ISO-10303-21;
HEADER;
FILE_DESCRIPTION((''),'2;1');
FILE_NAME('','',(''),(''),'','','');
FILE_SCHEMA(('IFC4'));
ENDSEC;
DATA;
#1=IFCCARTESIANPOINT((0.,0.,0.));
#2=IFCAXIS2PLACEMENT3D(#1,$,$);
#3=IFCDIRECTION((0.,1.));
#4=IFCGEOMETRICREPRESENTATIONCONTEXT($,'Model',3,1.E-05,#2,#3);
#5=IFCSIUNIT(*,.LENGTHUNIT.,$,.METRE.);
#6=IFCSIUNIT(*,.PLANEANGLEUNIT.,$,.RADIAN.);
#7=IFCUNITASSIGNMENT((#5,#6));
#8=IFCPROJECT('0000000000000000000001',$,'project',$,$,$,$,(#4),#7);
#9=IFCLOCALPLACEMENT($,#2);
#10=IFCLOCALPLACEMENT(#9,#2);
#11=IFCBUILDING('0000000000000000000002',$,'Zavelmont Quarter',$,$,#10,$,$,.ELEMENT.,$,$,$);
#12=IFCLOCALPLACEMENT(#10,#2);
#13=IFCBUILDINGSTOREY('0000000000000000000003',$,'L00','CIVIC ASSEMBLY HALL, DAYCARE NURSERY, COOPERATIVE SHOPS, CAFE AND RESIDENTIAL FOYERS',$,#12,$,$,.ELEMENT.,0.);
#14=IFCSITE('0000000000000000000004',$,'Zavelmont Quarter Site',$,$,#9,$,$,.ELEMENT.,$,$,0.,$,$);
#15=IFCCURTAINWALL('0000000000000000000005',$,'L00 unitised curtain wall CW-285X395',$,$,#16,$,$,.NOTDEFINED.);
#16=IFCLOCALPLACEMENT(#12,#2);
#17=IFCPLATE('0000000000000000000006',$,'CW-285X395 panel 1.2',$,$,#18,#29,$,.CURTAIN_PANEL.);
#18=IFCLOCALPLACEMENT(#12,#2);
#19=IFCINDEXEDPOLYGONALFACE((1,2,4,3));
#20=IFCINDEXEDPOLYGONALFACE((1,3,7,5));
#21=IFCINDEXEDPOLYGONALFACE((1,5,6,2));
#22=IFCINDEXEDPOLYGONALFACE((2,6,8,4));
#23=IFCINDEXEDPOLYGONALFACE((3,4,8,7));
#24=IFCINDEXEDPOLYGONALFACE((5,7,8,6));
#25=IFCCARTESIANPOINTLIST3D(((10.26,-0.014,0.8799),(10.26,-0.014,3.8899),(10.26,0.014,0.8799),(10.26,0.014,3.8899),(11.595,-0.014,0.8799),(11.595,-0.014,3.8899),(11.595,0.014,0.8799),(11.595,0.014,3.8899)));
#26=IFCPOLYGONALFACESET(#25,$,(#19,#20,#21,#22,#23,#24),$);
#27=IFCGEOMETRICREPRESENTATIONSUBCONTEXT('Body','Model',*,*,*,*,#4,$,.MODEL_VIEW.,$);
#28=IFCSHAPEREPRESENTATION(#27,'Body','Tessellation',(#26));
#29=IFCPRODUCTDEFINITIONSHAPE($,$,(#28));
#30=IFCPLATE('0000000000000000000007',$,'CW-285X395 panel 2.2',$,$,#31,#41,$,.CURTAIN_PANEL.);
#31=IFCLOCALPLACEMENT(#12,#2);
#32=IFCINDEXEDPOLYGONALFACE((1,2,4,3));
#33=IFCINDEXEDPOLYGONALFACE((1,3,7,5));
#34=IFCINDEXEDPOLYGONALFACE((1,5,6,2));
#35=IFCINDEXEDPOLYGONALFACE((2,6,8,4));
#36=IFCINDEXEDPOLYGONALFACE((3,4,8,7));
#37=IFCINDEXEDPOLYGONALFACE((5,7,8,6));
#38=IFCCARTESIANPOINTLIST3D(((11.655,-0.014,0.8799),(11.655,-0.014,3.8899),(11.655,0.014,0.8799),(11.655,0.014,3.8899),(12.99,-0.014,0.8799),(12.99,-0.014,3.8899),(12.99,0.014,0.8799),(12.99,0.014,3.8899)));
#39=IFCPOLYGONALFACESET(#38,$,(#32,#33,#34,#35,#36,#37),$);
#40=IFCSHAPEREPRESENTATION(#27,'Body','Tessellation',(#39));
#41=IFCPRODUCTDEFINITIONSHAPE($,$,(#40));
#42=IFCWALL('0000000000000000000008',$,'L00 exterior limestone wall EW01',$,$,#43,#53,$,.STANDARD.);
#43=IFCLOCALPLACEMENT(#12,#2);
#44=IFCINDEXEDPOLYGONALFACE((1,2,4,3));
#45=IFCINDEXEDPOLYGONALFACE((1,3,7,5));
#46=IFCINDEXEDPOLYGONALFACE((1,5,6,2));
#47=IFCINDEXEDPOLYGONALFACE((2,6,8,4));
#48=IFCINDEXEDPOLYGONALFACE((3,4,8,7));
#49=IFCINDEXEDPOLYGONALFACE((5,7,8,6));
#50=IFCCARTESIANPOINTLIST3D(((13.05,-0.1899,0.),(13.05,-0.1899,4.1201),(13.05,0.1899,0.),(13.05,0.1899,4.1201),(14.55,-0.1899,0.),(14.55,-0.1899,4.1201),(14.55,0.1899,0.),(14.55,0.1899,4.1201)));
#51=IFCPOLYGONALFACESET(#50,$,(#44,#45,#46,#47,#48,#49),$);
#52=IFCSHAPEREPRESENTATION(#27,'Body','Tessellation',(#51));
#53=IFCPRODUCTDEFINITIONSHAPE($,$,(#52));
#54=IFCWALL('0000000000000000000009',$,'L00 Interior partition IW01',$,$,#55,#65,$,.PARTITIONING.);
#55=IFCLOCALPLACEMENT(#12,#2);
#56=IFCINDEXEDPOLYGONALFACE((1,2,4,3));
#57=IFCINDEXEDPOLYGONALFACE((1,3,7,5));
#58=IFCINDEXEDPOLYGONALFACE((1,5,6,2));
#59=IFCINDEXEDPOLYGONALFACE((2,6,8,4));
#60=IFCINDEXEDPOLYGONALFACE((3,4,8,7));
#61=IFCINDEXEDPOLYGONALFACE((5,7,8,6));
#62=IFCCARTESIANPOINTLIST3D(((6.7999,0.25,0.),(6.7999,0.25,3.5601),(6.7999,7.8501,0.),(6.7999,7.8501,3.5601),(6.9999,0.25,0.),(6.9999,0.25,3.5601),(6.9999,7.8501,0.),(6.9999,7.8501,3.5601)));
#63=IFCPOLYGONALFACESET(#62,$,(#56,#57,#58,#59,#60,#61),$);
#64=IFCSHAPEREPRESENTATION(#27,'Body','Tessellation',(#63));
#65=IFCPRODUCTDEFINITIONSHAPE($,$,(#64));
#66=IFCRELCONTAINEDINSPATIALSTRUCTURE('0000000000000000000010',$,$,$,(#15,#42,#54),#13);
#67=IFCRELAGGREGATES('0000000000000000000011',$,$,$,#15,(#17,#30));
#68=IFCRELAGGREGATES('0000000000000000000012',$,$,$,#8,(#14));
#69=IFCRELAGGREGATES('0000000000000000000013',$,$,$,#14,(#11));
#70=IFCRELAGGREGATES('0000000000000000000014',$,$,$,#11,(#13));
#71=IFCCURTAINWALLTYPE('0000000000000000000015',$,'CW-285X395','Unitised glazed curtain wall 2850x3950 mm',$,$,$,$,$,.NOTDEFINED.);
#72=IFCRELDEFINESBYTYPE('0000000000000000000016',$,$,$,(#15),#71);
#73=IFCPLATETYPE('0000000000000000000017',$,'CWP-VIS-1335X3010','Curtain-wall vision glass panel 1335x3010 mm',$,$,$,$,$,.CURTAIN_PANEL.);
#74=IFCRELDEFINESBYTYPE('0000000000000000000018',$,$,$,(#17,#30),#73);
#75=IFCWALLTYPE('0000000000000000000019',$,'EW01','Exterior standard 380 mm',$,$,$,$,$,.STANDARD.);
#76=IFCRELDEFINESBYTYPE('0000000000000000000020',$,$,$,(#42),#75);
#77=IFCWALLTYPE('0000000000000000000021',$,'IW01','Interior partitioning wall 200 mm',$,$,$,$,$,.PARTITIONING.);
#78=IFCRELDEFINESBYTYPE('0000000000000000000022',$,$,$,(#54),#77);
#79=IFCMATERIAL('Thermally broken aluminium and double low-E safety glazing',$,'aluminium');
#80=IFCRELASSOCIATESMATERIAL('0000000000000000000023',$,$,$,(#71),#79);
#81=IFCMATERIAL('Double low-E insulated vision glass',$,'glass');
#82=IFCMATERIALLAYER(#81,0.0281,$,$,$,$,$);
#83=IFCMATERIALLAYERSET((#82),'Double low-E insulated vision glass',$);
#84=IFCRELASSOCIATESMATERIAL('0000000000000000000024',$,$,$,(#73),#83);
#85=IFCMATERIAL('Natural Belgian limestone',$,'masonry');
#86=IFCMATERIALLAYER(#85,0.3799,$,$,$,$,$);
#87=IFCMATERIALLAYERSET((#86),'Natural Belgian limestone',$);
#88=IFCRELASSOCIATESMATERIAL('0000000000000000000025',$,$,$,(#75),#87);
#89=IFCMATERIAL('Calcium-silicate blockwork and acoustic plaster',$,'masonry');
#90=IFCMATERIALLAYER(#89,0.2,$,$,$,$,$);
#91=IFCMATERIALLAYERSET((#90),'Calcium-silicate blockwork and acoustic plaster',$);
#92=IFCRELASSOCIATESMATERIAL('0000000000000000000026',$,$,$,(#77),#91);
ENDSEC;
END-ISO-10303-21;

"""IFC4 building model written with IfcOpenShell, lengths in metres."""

from ifc_helpers import new_model, si_unit, direction, frame, frame_2d, origin, origin_2d, place, context, subcontext, project, spatial, rectangle, extrude, material, layer, layer_set, type_object, element, aggregate, save


model = new_model("IFC4")

# Units and contexts
model_context = context("Model", 3, precision=1e-05, world=origin(), true_north=direction((0.0, 1.0)))
body_context = subcontext(model_context, "Body", "Model", "MODEL_VIEW")
ifc_project = project(units=[si_unit("LENGTHUNIT", "METRE"), si_unit("PLANEANGLEUNIT", "RADIAN")], contexts=[model_context])

# Site, building, storey
site_placement = place(None, origin())
site = spatial("IfcSite", under=ifc_project, at=site_placement, Name="Zavelmont Quarter Site", CompositionType="ELEMENT", RefElevation=0.0)
building_placement = place(site_placement, origin())
building = spatial("IfcBuilding", under=site, at=building_placement, Name="Zavelmont Quarter", CompositionType="ELEMENT")
storey_placement = place(building_placement, origin())
storey = spatial("IfcBuildingStorey", under=building, at=storey_placement, Name="L00", Description="CIVIC ASSEMBLY HALL, DAYCARE NURSERY, COOPERATIVE SHOPS, CAFE AND RESIDENTIAL FOYERS", CompositionType="ELEMENT", Elevation=0.0)

# Shared definitions
ifc_material_1 = material(Name="Thermally broken aluminium and double low-E safety glazing", Category="aluminium")
curtain_wall_type_1 = type_object("IfcCurtainWallType", Name="CW-285X395", Description="Unitised glazed curtain wall 2850x3950 mm", PredefinedType="NOTDEFINED", material=ifc_material_1)

# Curtain wall
curtain_wall_1_placement = place(storey_placement, origin())
curtain_wall_1 = element("IfcCurtainWall", 1, at=curtain_wall_1_placement, inside=storey, type_object=curtain_wall_type_1, Name="L00 unitised curtain wall CW-285X395", PredefinedType="NOTDEFINED")

# Plates
ifc_material_2 = material(Name="Double low-E insulated vision glass", Category="glass")
ifc_layer_1 = layer(ifc_material_2, 0.0281)
ifc_layer_set_1 = layer_set([ifc_layer_1], Name="Double low-E insulated vision glass")
plate_type_1 = type_object("IfcPlateType", Name="CWP-VIS-1335X3010", Description="Curtain-wall vision glass panel 1335x3010 mm", PredefinedType="CURTAIN_PANEL", material=ifc_layer_set_1)
plate_1_placement = place(storey_placement, frame((10.9275, 0.0, 0.8799), z_axis=(0.0, 0.0, 1.0), x_axis=(1.0, 0.0, 0.0)))
plate_1 = element("IfcPlate", 2, at=plate_1_placement, type_object=plate_type_1, Name="CW-285X395 panel 1.2", PredefinedType="CURTAIN_PANEL", context=body_context, shape_type="SweptSolid", body=[
    extrude(rectangle(XDim=1.335, YDim=0.0281, at=origin_2d()), origin(), (0.0, 0.0, 1.0), 3.01),
])
plate_2_placement = place(storey_placement, frame((12.3225, 0.0, 0.8799), z_axis=(0.0, 0.0, 1.0), x_axis=(1.0, 0.0, 0.0)))
plate_2 = element("IfcPlate", 3, at=plate_2_placement, type_object=plate_type_1, Name="CW-285X395 panel 2.2", PredefinedType="CURTAIN_PANEL", context=body_context, shape_type="SweptSolid", body=[
    extrude(rectangle(XDim=1.335, YDim=0.0281, at=origin_2d()), origin(), (0.0, 0.0, 1.0), 3.01),
])
aggregate(curtain_wall_1, [plate_1, plate_2])

# Shared definitions
ifc_material_3 = material(Name="Natural Belgian limestone", Category="masonry")
ifc_layer_2 = layer(ifc_material_3, 0.3799)
ifc_layer_set_2 = layer_set([ifc_layer_2], Name="Natural Belgian limestone")
wall_type_1 = type_object("IfcWallType", Name="EW01", Description="Exterior standard 380 mm", PredefinedType="STANDARD", material=ifc_layer_set_2)

# Walls
wall_1_placement = place(storey_placement, frame((13.05, 0.0, 0.0), z_axis=(0.0, 0.0, 1.0), x_axis=(1.0, 0.0, 0.0)))
element("IfcWall", 4, at=wall_1_placement, inside=storey, type_object=wall_type_1, Name="L00 exterior limestone wall EW01", PredefinedType="STANDARD", context=body_context, shape_type="SweptSolid", body=[
    extrude(rectangle(XDim=1.5, YDim=0.3799, at=frame_2d((0.75, 0.0))), origin(), (0.0, 0.0, 1.0), 4.1201),
])
ifc_material_4 = material(Name="Calcium-silicate blockwork and acoustic plaster", Category="masonry")
ifc_layer_3 = layer(ifc_material_4, 0.2)
ifc_layer_set_3 = layer_set([ifc_layer_3], Name="Calcium-silicate blockwork and acoustic plaster")
wall_type_2 = type_object("IfcWallType", Name="IW01", Description="Interior partitioning wall 200 mm", PredefinedType="PARTITIONING", material=ifc_layer_set_3)
wall_2_placement = place(storey_placement, frame((6.8999, 0.25, 0.0), z_axis=(0.0, 0.0, 1.0), x_axis=(0.0, 1.0, 0.0)))
element("IfcWall", 5, at=wall_2_placement, inside=storey, type_object=wall_type_2, Name="L00 Interior partition IW01", PredefinedType="PARTITIONING", context=body_context, shape_type="SweptSolid", body=[
    extrude(rectangle(XDim=7.6001, YDim=0.2, at=frame_2d((3.8, 0.0))), origin(), (0.0, 0.0, 1.0), 3.5601),
])

save(model, "model.ifc")
